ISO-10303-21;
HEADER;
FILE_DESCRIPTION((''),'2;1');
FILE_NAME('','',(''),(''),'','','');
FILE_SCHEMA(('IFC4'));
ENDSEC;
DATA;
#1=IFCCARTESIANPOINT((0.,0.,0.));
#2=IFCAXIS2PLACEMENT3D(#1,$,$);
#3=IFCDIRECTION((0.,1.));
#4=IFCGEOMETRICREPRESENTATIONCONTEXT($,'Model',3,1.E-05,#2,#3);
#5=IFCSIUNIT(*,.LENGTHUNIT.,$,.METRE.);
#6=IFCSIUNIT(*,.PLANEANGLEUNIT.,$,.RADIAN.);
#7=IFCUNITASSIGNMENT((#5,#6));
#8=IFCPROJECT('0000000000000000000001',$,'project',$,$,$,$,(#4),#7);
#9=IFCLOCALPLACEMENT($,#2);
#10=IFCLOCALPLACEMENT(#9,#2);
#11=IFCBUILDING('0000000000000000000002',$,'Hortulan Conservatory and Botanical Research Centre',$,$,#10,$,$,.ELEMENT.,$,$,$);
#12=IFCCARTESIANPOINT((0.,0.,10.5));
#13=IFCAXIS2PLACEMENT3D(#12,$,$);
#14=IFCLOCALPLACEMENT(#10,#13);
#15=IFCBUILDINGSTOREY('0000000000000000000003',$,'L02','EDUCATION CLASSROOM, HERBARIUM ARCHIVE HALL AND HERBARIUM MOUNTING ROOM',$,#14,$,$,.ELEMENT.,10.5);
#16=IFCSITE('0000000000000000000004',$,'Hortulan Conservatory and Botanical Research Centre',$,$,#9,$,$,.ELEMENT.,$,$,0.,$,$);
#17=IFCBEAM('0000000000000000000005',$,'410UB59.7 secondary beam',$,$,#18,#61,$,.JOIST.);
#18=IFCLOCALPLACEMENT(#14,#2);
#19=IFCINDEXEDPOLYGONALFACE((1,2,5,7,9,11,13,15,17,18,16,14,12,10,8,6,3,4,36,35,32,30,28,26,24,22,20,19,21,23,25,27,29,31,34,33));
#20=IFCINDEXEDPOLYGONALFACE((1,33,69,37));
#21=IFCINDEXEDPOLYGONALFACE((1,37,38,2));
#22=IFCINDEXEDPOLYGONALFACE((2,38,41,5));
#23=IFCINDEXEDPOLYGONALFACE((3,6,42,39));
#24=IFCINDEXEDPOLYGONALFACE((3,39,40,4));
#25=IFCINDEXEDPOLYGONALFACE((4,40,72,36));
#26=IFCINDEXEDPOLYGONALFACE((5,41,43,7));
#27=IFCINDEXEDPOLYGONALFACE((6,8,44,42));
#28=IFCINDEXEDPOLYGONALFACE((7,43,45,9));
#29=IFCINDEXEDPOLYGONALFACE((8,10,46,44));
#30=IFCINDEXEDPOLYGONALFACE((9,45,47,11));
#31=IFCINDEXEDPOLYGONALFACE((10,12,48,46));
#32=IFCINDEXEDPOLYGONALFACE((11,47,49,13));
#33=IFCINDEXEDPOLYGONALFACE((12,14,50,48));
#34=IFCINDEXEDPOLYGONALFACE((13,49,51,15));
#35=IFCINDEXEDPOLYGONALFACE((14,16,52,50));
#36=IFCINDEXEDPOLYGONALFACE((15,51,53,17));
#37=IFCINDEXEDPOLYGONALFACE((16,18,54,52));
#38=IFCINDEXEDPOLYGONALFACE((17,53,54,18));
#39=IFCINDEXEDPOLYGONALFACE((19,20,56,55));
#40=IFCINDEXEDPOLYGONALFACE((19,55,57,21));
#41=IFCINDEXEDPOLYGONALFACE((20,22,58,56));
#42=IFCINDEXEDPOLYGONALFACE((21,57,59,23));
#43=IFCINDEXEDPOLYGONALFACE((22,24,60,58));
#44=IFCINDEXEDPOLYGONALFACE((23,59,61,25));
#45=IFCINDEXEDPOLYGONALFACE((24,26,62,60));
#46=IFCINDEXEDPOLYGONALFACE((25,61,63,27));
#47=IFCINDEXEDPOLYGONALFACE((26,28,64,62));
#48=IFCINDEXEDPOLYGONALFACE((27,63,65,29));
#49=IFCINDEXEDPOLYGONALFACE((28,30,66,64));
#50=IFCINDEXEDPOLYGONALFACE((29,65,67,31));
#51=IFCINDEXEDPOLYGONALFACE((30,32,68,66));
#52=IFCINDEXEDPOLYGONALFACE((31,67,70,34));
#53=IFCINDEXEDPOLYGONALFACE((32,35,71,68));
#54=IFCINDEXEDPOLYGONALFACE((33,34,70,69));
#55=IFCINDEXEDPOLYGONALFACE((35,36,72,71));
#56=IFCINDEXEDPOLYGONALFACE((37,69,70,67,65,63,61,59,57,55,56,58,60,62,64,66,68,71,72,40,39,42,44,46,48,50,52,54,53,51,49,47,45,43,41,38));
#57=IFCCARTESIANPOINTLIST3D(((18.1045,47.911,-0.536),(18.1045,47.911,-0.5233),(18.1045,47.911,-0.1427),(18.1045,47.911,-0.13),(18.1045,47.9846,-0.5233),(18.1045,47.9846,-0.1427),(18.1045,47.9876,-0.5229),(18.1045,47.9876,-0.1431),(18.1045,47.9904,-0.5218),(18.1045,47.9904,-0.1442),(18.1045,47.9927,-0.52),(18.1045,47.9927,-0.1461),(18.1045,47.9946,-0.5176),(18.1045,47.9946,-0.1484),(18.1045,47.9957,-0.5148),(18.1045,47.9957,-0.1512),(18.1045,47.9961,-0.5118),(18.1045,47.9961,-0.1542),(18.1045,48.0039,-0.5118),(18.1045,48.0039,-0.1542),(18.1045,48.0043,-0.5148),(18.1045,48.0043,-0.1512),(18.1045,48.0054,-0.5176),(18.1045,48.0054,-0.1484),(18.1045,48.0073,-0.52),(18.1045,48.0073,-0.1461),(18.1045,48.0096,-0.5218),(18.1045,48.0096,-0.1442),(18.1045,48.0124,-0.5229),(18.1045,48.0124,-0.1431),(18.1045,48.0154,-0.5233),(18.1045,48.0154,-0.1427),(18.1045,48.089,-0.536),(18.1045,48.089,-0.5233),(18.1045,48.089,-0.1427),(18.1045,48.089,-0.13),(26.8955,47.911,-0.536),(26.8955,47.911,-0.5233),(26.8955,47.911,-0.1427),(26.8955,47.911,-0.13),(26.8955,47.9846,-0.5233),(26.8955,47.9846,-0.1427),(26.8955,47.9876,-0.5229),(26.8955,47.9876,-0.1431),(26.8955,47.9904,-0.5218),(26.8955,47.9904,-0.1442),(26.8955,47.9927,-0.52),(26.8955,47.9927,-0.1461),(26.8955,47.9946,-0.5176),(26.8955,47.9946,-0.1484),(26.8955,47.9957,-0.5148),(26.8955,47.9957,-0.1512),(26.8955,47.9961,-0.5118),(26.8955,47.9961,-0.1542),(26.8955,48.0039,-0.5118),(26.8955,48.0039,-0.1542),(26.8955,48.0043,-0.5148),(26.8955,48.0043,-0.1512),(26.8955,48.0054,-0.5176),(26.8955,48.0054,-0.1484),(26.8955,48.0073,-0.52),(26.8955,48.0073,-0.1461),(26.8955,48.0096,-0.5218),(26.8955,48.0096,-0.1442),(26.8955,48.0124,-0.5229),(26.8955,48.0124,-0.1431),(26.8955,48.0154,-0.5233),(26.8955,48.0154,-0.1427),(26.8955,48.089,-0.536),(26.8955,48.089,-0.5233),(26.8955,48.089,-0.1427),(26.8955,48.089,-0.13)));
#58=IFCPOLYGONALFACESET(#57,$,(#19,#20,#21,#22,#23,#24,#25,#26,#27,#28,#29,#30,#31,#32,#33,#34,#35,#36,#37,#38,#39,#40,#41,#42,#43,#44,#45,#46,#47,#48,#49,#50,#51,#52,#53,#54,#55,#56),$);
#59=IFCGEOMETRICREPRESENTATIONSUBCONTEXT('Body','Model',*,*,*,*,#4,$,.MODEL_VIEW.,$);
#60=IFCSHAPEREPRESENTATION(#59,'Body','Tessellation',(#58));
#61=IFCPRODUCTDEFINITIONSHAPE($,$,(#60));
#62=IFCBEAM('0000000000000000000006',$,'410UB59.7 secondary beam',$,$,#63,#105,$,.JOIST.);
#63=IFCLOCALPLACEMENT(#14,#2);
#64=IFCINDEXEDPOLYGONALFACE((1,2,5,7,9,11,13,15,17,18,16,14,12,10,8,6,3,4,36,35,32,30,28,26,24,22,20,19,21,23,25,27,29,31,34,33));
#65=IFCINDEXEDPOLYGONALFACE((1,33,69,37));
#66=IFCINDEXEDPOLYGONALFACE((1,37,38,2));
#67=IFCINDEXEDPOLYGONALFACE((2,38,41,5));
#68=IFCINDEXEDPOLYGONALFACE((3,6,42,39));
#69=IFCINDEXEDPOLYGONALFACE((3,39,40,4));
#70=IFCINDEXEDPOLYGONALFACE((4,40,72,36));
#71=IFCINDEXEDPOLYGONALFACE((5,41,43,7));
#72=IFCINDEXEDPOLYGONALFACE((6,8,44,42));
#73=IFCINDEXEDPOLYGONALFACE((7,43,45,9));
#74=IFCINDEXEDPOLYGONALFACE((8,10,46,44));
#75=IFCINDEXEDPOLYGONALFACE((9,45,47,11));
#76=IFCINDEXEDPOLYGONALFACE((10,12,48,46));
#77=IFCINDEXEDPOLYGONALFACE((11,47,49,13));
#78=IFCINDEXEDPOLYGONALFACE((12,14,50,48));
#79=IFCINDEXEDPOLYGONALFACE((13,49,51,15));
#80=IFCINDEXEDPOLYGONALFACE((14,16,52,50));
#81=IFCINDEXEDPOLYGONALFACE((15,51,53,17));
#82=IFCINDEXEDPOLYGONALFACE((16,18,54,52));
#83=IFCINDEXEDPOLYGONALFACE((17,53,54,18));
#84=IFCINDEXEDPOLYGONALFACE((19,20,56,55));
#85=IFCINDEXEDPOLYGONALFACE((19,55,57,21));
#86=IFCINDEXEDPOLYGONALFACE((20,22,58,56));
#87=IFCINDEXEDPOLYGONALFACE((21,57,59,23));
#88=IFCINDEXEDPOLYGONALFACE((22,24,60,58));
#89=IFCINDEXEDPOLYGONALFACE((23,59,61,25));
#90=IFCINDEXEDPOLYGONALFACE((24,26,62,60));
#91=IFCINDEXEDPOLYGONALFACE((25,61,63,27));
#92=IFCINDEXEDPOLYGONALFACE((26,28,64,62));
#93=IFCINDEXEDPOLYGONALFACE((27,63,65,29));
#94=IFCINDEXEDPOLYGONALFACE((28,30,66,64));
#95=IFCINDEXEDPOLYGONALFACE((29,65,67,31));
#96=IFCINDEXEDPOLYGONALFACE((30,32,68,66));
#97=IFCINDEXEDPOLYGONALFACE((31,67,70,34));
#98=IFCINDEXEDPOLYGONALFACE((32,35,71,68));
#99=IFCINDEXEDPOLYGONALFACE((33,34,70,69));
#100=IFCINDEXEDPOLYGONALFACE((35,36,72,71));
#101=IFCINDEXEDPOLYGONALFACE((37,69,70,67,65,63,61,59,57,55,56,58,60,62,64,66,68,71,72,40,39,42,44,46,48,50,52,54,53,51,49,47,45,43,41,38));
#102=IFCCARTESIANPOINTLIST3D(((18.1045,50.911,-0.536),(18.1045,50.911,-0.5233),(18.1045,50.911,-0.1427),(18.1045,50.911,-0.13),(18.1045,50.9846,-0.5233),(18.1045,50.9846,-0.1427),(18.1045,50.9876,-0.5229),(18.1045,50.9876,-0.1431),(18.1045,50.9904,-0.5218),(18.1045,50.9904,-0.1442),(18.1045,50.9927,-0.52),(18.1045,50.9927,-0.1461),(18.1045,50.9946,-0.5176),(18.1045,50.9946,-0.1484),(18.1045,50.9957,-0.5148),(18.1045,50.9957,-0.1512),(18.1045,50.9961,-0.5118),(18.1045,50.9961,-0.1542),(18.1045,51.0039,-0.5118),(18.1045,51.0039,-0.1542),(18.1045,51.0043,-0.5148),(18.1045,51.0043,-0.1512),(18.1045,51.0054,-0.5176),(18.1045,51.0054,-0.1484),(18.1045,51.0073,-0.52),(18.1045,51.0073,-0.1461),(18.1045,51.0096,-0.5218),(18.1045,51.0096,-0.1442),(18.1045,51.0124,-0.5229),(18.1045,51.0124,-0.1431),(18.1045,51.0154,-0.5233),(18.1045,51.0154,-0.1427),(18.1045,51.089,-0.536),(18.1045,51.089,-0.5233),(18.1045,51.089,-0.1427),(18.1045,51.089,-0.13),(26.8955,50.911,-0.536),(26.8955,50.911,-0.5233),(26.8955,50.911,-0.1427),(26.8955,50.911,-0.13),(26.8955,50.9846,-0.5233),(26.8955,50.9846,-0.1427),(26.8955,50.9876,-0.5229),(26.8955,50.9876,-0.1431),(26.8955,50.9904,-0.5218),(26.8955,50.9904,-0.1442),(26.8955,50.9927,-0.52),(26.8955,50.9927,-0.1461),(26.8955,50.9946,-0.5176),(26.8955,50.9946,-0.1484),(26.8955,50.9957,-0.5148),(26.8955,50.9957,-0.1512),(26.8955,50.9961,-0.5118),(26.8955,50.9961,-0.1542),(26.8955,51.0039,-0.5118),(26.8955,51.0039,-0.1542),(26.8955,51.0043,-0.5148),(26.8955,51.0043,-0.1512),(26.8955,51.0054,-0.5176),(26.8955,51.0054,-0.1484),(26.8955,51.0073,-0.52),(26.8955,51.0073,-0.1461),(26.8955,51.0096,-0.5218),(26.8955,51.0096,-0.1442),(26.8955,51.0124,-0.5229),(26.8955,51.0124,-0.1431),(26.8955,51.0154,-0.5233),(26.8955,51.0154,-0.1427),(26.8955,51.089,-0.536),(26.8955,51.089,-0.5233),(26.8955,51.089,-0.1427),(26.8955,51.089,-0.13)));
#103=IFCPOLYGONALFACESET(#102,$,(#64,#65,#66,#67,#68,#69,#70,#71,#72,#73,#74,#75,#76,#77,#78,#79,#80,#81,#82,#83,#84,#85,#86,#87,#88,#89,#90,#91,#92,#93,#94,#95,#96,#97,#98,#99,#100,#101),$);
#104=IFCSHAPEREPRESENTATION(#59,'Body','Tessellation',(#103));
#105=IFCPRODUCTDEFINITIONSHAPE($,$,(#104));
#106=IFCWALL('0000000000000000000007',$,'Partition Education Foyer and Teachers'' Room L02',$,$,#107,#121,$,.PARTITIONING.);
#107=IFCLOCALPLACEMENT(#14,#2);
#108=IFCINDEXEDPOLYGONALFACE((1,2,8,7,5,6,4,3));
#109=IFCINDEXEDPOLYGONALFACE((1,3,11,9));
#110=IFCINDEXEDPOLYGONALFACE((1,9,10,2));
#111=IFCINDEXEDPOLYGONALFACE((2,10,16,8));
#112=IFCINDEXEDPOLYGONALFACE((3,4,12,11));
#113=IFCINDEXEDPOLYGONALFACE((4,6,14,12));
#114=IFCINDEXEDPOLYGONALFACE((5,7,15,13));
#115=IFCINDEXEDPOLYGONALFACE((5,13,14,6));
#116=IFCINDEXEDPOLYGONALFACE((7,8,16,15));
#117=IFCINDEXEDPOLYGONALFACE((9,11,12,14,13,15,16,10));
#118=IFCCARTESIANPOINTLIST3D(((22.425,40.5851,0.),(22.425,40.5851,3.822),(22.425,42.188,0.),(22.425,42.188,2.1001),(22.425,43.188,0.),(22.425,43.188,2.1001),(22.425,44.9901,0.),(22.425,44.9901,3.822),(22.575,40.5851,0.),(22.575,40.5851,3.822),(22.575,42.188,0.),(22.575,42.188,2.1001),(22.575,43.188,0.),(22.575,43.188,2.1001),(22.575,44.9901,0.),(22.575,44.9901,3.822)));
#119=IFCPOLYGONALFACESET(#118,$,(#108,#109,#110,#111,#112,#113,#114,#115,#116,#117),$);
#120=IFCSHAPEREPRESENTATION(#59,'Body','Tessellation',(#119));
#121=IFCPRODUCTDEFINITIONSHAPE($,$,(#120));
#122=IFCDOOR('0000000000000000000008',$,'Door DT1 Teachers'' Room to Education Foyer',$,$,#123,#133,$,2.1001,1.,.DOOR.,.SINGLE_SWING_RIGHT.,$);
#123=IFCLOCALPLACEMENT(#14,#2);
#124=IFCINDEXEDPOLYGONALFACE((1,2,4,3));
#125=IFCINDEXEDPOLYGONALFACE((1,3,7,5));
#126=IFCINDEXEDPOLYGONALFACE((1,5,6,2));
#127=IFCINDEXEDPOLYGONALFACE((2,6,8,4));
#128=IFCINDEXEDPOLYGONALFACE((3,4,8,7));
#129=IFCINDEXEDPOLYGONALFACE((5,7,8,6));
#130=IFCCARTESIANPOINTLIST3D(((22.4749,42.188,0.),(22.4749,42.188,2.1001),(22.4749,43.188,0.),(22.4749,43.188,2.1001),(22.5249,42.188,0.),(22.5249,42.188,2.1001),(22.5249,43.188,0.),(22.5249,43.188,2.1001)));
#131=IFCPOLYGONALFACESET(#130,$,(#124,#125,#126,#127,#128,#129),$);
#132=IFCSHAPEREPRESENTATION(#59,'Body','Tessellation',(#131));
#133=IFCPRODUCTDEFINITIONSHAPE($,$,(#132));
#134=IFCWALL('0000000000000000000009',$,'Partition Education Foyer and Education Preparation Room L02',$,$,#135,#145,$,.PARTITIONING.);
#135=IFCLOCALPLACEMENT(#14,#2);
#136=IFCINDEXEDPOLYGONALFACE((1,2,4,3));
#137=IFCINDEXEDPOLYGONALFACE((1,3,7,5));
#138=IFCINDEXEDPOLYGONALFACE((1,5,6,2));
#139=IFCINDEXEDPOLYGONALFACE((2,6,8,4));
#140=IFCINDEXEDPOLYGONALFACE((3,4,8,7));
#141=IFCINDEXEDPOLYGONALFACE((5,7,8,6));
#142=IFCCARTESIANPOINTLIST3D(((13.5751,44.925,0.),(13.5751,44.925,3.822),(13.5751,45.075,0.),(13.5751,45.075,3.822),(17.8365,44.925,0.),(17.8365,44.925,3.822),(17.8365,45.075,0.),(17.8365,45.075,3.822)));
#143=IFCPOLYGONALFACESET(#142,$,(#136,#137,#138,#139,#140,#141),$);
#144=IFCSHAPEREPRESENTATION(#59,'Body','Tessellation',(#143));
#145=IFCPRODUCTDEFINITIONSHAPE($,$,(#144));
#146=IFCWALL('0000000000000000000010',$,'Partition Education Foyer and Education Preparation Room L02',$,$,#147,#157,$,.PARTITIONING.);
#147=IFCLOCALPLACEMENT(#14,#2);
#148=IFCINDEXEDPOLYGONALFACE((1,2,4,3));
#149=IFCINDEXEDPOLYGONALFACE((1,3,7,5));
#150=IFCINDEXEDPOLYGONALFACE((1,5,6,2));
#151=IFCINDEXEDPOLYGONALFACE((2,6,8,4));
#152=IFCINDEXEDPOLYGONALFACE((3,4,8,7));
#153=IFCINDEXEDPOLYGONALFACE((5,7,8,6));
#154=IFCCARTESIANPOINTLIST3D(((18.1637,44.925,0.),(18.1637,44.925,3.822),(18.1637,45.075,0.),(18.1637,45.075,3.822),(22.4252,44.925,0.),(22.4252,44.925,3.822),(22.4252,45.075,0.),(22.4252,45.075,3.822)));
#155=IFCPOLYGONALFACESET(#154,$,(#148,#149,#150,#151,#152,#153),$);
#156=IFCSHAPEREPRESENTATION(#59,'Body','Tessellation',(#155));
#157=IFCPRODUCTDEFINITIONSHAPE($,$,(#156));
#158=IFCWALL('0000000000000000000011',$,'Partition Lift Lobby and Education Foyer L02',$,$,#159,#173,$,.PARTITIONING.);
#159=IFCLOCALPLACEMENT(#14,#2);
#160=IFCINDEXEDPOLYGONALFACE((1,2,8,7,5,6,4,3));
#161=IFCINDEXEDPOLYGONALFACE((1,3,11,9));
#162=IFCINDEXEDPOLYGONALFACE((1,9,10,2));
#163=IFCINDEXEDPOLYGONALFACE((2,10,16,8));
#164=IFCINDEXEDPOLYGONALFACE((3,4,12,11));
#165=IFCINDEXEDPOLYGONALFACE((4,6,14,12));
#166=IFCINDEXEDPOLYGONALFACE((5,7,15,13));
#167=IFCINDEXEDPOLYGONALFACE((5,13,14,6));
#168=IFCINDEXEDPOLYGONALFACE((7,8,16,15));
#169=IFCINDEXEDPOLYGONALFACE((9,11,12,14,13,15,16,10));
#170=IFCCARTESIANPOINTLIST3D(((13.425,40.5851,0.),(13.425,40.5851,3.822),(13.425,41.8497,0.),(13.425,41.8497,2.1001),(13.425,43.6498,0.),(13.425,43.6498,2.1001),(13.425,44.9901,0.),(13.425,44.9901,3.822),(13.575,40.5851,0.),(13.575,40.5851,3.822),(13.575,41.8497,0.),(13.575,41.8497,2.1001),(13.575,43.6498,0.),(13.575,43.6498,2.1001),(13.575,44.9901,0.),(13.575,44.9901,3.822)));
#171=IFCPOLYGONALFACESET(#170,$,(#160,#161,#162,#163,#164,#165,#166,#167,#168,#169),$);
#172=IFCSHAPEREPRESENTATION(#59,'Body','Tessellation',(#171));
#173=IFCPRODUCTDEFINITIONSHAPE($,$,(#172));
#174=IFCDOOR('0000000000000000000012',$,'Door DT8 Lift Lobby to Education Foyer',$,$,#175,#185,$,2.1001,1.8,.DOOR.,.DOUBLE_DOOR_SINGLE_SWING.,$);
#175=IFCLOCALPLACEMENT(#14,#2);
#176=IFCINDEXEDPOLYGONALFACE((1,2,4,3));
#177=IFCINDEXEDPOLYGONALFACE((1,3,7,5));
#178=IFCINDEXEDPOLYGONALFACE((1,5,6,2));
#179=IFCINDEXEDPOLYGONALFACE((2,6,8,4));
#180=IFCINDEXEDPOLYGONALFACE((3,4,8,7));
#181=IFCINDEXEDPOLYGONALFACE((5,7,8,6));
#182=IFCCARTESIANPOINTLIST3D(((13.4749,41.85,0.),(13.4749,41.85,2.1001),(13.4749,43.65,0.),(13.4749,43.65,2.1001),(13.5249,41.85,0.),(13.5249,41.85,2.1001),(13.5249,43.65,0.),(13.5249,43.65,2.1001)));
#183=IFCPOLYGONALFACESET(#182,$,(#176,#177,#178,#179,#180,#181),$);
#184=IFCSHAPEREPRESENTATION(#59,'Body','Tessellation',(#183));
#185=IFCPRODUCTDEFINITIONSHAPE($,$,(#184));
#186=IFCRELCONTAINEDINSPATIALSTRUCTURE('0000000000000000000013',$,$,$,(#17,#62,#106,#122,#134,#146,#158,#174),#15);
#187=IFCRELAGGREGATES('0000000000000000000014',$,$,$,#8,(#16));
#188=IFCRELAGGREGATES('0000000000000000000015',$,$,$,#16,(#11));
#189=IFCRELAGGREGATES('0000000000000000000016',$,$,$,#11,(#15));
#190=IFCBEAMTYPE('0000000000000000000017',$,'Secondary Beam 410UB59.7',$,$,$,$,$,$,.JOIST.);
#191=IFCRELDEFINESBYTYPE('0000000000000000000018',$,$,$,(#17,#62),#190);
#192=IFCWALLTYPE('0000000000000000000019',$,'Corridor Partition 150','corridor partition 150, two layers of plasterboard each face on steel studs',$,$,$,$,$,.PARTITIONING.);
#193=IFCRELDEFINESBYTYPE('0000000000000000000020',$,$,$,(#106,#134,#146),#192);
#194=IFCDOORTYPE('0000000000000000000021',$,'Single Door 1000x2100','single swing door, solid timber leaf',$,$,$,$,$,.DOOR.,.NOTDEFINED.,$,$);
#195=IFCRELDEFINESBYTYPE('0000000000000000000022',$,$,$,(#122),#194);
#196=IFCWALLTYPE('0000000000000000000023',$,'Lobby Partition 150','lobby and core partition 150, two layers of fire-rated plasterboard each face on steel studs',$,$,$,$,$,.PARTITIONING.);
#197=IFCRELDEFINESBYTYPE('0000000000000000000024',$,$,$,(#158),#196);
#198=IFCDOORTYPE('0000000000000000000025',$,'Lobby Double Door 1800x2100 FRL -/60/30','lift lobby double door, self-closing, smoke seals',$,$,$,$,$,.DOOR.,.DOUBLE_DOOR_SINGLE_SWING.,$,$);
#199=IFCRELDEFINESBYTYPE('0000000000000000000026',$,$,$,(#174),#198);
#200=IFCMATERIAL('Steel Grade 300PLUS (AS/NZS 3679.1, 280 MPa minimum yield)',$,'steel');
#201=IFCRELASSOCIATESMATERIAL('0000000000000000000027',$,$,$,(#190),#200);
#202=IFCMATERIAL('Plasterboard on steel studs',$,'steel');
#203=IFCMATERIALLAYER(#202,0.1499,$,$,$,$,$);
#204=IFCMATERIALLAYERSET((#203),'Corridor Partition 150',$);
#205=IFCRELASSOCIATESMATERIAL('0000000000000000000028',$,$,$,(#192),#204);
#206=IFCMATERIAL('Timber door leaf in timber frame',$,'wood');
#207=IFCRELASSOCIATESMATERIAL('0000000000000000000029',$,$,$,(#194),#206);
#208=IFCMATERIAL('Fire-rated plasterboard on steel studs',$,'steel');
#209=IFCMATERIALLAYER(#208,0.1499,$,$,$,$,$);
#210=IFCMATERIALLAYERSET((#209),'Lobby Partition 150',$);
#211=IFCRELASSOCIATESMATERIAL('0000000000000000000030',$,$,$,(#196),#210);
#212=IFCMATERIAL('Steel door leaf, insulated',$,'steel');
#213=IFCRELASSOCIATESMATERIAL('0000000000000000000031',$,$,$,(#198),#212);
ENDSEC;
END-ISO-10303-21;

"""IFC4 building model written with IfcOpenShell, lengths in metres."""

from ifc_helpers import new_model, si_unit, direction, frame, frame_2d, origin, origin_2d, place, context, subcontext, project, spatial, rectangle, i_section, extrude, material, layer, layer_set, material_profile, profile_set, type_object, element, fill, save


model = new_model("IFC4")

# Units and contexts
model_context = context("Model", 3, precision=1e-05, world=origin(), true_north=direction((0.0, 1.0)))
body_context = subcontext(model_context, "Body", "Model", "MODEL_VIEW")
ifc_project = project(units=[si_unit("LENGTHUNIT", "METRE"), si_unit("PLANEANGLEUNIT", "RADIAN")], contexts=[model_context])

# Site, building, storey
site_placement = place(None, origin())
site = spatial("IfcSite", under=ifc_project, at=site_placement, Name="Hortulan Conservatory and Botanical Research Centre", CompositionType="ELEMENT", RefElevation=0.0)
building_placement = place(site_placement, origin())
building = spatial("IfcBuilding", under=site, at=building_placement, Name="Hortulan Conservatory and Botanical Research Centre", CompositionType="ELEMENT")
storey_placement = place(building_placement, frame((0.0, 0.0, 10.5)))
storey = spatial("IfcBuildingStorey", under=building, at=storey_placement, Name="L02", Description="EDUCATION CLASSROOM, HERBARIUM ARCHIVE HALL AND HERBARIUM MOUNTING ROOM", CompositionType="ELEMENT", Elevation=10.5)

# Shared definitions
ifc_material_1 = material(Name="Steel Grade 300PLUS (AS/NZS 3679.1, 280 MPa minimum yield)", Category="steel")

# Beams
ifc_material_profile_1 = material_profile(ifc_material_1, i_section(OverallWidth=0.178, OverallDepth=0.406, WebThickness=0.0078, FlangeThickness=0.0127, FilletRadius=0.0115, at=origin_2d()), Name="410UB59.7")
ifc_profile_set_1 = profile_set([ifc_material_profile_1], Name="Steel Grade 300PLUS (AS/NZS 3679.1, 280 MPa minimum yield)")
beam_type_1 = type_object("IfcBeamType", Name="Secondary Beam 410UB59.7", PredefinedType="JOIST", material=ifc_profile_set_1)
for number, where, z_axis, x_axis, name in (
    (1, (18.1045, 48.0, -0.333), (1.0, 0.0, 0.0), (0.0, 1.0, 0.0), "410UB59.7 secondary beam"),
    (2, (18.1045, 51.0, -0.333), (1.0, 0.0, 0.0), (0.0, 1.0, 0.0), "410UB59.7 secondary beam"),
):
    element("IfcBeam", number, at=place(storey_placement, frame(where, z_axis=z_axis, x_axis=x_axis)), inside=storey, type_object=beam_type_1, Name=name, PredefinedType="JOIST", context=body_context, shape_type="SweptSolid", body=[
        extrude(i_section(OverallWidth=0.178, OverallDepth=0.406, WebThickness=0.0078, FlangeThickness=0.0127, FilletRadius=0.0115, at=origin_2d()), origin(), (0.0, 0.0, 1.0), 8.791),
    ])

# Wall, opening, door
ifc_material_2 = material(Name="Plasterboard on steel studs", Category="steel")
ifc_layer_1 = layer(ifc_material_2, 0.1499)
ifc_layer_set_1 = layer_set([ifc_layer_1], Name="Corridor Partition 150")
wall_type_1 = type_object("IfcWallType", Name="Corridor Partition 150", Description="corridor partition 150, two layers of plasterboard each face on steel studs", PredefinedType="PARTITIONING", material=ifc_layer_set_1)
wall_1_placement = place(storey_placement, frame((22.5, 40.585, 0.0), z_axis=(0.0, 0.0, 1.0), x_axis=(0.0, 1.0, 0.0)))
wall_1 = element("IfcWall", 3, at=wall_1_placement, inside=storey, type_object=wall_type_1, Name="Partition Education Foyer and Teachers' Room L02", PredefinedType="PARTITIONING", context=body_context, shape_type="SweptSolid", body=[
    extrude(rectangle(XDim=4.405, YDim=0.1499, at=frame_2d((2.2026, 0.0))), origin(), (0.0, 0.0, 1.0), 3.822),
])
opening_1_placement = place(wall_1_placement, frame((1.603, 0.0, 0.0)))
opening_1 = element("IfcOpeningElement", 4, at=opening_1_placement, cuts=wall_1, PredefinedType="OPENING", context=body_context, shape_type="SweptSolid", body=[
    extrude(rectangle(XDim=1.0, YDim=2.1001, at=frame_2d((0.5, 1.05))), frame((0.0, 0.085, 0.0), z_axis=(0.0, -1.0, 0.0), x_axis=(1.0, 0.0, 0.0)), (0.0, 0.0, 1.0), 0.1699),
])
ifc_material_3 = material(Name="Timber door leaf in timber frame", Category="wood")
door_type_1 = type_object("IfcDoorType", Name="Single Door 1000x2100", Description="single swing door, solid timber leaf", OperationType="NOTDEFINED", PredefinedType="DOOR", material=ifc_material_3)
door_1_placement = place(opening_1_placement, frame((1.0, 0.0, 0.0), z_axis=(0.0, 0.0, 1.0), x_axis=(-1.0, 0.0, 0.0)))
door_1 = element("IfcDoor", 5, at=door_1_placement, inside=storey, type_object=door_type_1, Name="Door DT1 Teachers' Room to Education Foyer", OperationType="SINGLE_SWING_RIGHT", OverallHeight=2.1001, OverallWidth=1.0, PredefinedType="DOOR", context=body_context, shape_type="SweptSolid", body=[
    extrude(rectangle(XDim=1.0, YDim=2.1001, at=frame_2d((0.5, 1.05))), frame((0.0, 0.0249, 0.0), z_axis=(0.0, -1.0, 0.0), x_axis=(1.0, 0.0, 0.0)), (0.0, 0.0, 1.0), 0.05),
])
fill(opening_1, door_1)

# Walls
for number, where, z_axis, x_axis, name in (
    (6, (13.575, 45.0, 0.0), (0.0, 0.0, 1.0), (1.0, 0.0, 0.0), "Partition Education Foyer and Education Preparation Room L02"),
    (7, (18.1636, 45.0, 0.0), (0.0, 0.0, 1.0), (1.0, 0.0, 0.0), "Partition Education Foyer and Education Preparation Room L02"),
):
    element("IfcWall", number, at=place(storey_placement, frame(where, z_axis=z_axis, x_axis=x_axis)), inside=storey, type_object=wall_type_1, Name=name, PredefinedType="PARTITIONING", context=body_context, shape_type="SweptSolid", body=[
        extrude(rectangle(XDim=4.2615, YDim=0.1499, at=frame_2d((2.1309, 0.0))), origin(), (0.0, 0.0, 1.0), 3.822),
    ])

# Wall, opening, door
ifc_material_4 = material(Name="Fire-rated plasterboard on steel studs", Category="steel")
ifc_layer_2 = layer(ifc_material_4, 0.1499)
ifc_layer_set_2 = layer_set([ifc_layer_2], Name="Lobby Partition 150")
wall_type_2 = type_object("IfcWallType", Name="Lobby Partition 150", Description="lobby and core partition 150, two layers of fire-rated plasterboard each face on steel studs", PredefinedType="PARTITIONING", material=ifc_layer_set_2)
wall_2_placement = place(storey_placement, frame((13.5, 40.585, 0.0), z_axis=(0.0, 0.0, 1.0), x_axis=(0.0, 1.0, 0.0)))
wall_2 = element("IfcWall", 8, at=wall_2_placement, inside=storey, type_object=wall_type_2, Name="Partition Lift Lobby and Education Foyer L02", PredefinedType="PARTITIONING", context=body_context, shape_type="SweptSolid", body=[
    extrude(rectangle(XDim=4.405, YDim=0.1499, at=frame_2d((2.2026, 0.0))), origin(), (0.0, 0.0, 1.0), 3.822),
])
opening_2_placement = place(wall_2_placement, frame((1.2649, 0.0, 0.0)))
opening_2 = element("IfcOpeningElement", 9, at=opening_2_placement, cuts=wall_2, PredefinedType="OPENING", context=body_context, shape_type="SweptSolid", body=[
    extrude(rectangle(XDim=1.8, YDim=2.1001, at=frame_2d((0.8999, 1.05))), frame((0.0, 0.085, 0.0), z_axis=(0.0, -1.0, 0.0), x_axis=(1.0, 0.0, 0.0)), (0.0, 0.0, 1.0), 0.1699),
])
ifc_material_5 = material(Name="Steel door leaf, insulated", Category="steel")
door_type_2 = type_object("IfcDoorType", Name="Lobby Double Door 1800x2100 FRL -/60/30", Description="lift lobby double door, self-closing, smoke seals", OperationType="DOUBLE_DOOR_SINGLE_SWING", PredefinedType="DOOR", material=ifc_material_5)
door_2_placement = place(opening_2_placement, frame((1.8, 0.0, 0.0), z_axis=(0.0, 0.0, 1.0), x_axis=(-1.0, 0.0, 0.0)))
door_2 = element("IfcDoor", 10, at=door_2_placement, inside=storey, type_object=door_type_2, Name="Door DT8 Lift Lobby to Education Foyer", OperationType="DOUBLE_DOOR_SINGLE_SWING", OverallHeight=2.1001, OverallWidth=1.8, PredefinedType="DOOR", context=body_context, shape_type="SweptSolid", body=[
    extrude(rectangle(XDim=1.8, YDim=2.1001, at=frame_2d((0.8999, 1.05))), frame((0.0, 0.0249, 0.0), z_axis=(0.0, -1.0, 0.0), x_axis=(1.0, 0.0, 0.0)), (0.0, 0.0, 1.0), 0.05),
])
fill(opening_2, door_2)

save(model, "model.ifc")
